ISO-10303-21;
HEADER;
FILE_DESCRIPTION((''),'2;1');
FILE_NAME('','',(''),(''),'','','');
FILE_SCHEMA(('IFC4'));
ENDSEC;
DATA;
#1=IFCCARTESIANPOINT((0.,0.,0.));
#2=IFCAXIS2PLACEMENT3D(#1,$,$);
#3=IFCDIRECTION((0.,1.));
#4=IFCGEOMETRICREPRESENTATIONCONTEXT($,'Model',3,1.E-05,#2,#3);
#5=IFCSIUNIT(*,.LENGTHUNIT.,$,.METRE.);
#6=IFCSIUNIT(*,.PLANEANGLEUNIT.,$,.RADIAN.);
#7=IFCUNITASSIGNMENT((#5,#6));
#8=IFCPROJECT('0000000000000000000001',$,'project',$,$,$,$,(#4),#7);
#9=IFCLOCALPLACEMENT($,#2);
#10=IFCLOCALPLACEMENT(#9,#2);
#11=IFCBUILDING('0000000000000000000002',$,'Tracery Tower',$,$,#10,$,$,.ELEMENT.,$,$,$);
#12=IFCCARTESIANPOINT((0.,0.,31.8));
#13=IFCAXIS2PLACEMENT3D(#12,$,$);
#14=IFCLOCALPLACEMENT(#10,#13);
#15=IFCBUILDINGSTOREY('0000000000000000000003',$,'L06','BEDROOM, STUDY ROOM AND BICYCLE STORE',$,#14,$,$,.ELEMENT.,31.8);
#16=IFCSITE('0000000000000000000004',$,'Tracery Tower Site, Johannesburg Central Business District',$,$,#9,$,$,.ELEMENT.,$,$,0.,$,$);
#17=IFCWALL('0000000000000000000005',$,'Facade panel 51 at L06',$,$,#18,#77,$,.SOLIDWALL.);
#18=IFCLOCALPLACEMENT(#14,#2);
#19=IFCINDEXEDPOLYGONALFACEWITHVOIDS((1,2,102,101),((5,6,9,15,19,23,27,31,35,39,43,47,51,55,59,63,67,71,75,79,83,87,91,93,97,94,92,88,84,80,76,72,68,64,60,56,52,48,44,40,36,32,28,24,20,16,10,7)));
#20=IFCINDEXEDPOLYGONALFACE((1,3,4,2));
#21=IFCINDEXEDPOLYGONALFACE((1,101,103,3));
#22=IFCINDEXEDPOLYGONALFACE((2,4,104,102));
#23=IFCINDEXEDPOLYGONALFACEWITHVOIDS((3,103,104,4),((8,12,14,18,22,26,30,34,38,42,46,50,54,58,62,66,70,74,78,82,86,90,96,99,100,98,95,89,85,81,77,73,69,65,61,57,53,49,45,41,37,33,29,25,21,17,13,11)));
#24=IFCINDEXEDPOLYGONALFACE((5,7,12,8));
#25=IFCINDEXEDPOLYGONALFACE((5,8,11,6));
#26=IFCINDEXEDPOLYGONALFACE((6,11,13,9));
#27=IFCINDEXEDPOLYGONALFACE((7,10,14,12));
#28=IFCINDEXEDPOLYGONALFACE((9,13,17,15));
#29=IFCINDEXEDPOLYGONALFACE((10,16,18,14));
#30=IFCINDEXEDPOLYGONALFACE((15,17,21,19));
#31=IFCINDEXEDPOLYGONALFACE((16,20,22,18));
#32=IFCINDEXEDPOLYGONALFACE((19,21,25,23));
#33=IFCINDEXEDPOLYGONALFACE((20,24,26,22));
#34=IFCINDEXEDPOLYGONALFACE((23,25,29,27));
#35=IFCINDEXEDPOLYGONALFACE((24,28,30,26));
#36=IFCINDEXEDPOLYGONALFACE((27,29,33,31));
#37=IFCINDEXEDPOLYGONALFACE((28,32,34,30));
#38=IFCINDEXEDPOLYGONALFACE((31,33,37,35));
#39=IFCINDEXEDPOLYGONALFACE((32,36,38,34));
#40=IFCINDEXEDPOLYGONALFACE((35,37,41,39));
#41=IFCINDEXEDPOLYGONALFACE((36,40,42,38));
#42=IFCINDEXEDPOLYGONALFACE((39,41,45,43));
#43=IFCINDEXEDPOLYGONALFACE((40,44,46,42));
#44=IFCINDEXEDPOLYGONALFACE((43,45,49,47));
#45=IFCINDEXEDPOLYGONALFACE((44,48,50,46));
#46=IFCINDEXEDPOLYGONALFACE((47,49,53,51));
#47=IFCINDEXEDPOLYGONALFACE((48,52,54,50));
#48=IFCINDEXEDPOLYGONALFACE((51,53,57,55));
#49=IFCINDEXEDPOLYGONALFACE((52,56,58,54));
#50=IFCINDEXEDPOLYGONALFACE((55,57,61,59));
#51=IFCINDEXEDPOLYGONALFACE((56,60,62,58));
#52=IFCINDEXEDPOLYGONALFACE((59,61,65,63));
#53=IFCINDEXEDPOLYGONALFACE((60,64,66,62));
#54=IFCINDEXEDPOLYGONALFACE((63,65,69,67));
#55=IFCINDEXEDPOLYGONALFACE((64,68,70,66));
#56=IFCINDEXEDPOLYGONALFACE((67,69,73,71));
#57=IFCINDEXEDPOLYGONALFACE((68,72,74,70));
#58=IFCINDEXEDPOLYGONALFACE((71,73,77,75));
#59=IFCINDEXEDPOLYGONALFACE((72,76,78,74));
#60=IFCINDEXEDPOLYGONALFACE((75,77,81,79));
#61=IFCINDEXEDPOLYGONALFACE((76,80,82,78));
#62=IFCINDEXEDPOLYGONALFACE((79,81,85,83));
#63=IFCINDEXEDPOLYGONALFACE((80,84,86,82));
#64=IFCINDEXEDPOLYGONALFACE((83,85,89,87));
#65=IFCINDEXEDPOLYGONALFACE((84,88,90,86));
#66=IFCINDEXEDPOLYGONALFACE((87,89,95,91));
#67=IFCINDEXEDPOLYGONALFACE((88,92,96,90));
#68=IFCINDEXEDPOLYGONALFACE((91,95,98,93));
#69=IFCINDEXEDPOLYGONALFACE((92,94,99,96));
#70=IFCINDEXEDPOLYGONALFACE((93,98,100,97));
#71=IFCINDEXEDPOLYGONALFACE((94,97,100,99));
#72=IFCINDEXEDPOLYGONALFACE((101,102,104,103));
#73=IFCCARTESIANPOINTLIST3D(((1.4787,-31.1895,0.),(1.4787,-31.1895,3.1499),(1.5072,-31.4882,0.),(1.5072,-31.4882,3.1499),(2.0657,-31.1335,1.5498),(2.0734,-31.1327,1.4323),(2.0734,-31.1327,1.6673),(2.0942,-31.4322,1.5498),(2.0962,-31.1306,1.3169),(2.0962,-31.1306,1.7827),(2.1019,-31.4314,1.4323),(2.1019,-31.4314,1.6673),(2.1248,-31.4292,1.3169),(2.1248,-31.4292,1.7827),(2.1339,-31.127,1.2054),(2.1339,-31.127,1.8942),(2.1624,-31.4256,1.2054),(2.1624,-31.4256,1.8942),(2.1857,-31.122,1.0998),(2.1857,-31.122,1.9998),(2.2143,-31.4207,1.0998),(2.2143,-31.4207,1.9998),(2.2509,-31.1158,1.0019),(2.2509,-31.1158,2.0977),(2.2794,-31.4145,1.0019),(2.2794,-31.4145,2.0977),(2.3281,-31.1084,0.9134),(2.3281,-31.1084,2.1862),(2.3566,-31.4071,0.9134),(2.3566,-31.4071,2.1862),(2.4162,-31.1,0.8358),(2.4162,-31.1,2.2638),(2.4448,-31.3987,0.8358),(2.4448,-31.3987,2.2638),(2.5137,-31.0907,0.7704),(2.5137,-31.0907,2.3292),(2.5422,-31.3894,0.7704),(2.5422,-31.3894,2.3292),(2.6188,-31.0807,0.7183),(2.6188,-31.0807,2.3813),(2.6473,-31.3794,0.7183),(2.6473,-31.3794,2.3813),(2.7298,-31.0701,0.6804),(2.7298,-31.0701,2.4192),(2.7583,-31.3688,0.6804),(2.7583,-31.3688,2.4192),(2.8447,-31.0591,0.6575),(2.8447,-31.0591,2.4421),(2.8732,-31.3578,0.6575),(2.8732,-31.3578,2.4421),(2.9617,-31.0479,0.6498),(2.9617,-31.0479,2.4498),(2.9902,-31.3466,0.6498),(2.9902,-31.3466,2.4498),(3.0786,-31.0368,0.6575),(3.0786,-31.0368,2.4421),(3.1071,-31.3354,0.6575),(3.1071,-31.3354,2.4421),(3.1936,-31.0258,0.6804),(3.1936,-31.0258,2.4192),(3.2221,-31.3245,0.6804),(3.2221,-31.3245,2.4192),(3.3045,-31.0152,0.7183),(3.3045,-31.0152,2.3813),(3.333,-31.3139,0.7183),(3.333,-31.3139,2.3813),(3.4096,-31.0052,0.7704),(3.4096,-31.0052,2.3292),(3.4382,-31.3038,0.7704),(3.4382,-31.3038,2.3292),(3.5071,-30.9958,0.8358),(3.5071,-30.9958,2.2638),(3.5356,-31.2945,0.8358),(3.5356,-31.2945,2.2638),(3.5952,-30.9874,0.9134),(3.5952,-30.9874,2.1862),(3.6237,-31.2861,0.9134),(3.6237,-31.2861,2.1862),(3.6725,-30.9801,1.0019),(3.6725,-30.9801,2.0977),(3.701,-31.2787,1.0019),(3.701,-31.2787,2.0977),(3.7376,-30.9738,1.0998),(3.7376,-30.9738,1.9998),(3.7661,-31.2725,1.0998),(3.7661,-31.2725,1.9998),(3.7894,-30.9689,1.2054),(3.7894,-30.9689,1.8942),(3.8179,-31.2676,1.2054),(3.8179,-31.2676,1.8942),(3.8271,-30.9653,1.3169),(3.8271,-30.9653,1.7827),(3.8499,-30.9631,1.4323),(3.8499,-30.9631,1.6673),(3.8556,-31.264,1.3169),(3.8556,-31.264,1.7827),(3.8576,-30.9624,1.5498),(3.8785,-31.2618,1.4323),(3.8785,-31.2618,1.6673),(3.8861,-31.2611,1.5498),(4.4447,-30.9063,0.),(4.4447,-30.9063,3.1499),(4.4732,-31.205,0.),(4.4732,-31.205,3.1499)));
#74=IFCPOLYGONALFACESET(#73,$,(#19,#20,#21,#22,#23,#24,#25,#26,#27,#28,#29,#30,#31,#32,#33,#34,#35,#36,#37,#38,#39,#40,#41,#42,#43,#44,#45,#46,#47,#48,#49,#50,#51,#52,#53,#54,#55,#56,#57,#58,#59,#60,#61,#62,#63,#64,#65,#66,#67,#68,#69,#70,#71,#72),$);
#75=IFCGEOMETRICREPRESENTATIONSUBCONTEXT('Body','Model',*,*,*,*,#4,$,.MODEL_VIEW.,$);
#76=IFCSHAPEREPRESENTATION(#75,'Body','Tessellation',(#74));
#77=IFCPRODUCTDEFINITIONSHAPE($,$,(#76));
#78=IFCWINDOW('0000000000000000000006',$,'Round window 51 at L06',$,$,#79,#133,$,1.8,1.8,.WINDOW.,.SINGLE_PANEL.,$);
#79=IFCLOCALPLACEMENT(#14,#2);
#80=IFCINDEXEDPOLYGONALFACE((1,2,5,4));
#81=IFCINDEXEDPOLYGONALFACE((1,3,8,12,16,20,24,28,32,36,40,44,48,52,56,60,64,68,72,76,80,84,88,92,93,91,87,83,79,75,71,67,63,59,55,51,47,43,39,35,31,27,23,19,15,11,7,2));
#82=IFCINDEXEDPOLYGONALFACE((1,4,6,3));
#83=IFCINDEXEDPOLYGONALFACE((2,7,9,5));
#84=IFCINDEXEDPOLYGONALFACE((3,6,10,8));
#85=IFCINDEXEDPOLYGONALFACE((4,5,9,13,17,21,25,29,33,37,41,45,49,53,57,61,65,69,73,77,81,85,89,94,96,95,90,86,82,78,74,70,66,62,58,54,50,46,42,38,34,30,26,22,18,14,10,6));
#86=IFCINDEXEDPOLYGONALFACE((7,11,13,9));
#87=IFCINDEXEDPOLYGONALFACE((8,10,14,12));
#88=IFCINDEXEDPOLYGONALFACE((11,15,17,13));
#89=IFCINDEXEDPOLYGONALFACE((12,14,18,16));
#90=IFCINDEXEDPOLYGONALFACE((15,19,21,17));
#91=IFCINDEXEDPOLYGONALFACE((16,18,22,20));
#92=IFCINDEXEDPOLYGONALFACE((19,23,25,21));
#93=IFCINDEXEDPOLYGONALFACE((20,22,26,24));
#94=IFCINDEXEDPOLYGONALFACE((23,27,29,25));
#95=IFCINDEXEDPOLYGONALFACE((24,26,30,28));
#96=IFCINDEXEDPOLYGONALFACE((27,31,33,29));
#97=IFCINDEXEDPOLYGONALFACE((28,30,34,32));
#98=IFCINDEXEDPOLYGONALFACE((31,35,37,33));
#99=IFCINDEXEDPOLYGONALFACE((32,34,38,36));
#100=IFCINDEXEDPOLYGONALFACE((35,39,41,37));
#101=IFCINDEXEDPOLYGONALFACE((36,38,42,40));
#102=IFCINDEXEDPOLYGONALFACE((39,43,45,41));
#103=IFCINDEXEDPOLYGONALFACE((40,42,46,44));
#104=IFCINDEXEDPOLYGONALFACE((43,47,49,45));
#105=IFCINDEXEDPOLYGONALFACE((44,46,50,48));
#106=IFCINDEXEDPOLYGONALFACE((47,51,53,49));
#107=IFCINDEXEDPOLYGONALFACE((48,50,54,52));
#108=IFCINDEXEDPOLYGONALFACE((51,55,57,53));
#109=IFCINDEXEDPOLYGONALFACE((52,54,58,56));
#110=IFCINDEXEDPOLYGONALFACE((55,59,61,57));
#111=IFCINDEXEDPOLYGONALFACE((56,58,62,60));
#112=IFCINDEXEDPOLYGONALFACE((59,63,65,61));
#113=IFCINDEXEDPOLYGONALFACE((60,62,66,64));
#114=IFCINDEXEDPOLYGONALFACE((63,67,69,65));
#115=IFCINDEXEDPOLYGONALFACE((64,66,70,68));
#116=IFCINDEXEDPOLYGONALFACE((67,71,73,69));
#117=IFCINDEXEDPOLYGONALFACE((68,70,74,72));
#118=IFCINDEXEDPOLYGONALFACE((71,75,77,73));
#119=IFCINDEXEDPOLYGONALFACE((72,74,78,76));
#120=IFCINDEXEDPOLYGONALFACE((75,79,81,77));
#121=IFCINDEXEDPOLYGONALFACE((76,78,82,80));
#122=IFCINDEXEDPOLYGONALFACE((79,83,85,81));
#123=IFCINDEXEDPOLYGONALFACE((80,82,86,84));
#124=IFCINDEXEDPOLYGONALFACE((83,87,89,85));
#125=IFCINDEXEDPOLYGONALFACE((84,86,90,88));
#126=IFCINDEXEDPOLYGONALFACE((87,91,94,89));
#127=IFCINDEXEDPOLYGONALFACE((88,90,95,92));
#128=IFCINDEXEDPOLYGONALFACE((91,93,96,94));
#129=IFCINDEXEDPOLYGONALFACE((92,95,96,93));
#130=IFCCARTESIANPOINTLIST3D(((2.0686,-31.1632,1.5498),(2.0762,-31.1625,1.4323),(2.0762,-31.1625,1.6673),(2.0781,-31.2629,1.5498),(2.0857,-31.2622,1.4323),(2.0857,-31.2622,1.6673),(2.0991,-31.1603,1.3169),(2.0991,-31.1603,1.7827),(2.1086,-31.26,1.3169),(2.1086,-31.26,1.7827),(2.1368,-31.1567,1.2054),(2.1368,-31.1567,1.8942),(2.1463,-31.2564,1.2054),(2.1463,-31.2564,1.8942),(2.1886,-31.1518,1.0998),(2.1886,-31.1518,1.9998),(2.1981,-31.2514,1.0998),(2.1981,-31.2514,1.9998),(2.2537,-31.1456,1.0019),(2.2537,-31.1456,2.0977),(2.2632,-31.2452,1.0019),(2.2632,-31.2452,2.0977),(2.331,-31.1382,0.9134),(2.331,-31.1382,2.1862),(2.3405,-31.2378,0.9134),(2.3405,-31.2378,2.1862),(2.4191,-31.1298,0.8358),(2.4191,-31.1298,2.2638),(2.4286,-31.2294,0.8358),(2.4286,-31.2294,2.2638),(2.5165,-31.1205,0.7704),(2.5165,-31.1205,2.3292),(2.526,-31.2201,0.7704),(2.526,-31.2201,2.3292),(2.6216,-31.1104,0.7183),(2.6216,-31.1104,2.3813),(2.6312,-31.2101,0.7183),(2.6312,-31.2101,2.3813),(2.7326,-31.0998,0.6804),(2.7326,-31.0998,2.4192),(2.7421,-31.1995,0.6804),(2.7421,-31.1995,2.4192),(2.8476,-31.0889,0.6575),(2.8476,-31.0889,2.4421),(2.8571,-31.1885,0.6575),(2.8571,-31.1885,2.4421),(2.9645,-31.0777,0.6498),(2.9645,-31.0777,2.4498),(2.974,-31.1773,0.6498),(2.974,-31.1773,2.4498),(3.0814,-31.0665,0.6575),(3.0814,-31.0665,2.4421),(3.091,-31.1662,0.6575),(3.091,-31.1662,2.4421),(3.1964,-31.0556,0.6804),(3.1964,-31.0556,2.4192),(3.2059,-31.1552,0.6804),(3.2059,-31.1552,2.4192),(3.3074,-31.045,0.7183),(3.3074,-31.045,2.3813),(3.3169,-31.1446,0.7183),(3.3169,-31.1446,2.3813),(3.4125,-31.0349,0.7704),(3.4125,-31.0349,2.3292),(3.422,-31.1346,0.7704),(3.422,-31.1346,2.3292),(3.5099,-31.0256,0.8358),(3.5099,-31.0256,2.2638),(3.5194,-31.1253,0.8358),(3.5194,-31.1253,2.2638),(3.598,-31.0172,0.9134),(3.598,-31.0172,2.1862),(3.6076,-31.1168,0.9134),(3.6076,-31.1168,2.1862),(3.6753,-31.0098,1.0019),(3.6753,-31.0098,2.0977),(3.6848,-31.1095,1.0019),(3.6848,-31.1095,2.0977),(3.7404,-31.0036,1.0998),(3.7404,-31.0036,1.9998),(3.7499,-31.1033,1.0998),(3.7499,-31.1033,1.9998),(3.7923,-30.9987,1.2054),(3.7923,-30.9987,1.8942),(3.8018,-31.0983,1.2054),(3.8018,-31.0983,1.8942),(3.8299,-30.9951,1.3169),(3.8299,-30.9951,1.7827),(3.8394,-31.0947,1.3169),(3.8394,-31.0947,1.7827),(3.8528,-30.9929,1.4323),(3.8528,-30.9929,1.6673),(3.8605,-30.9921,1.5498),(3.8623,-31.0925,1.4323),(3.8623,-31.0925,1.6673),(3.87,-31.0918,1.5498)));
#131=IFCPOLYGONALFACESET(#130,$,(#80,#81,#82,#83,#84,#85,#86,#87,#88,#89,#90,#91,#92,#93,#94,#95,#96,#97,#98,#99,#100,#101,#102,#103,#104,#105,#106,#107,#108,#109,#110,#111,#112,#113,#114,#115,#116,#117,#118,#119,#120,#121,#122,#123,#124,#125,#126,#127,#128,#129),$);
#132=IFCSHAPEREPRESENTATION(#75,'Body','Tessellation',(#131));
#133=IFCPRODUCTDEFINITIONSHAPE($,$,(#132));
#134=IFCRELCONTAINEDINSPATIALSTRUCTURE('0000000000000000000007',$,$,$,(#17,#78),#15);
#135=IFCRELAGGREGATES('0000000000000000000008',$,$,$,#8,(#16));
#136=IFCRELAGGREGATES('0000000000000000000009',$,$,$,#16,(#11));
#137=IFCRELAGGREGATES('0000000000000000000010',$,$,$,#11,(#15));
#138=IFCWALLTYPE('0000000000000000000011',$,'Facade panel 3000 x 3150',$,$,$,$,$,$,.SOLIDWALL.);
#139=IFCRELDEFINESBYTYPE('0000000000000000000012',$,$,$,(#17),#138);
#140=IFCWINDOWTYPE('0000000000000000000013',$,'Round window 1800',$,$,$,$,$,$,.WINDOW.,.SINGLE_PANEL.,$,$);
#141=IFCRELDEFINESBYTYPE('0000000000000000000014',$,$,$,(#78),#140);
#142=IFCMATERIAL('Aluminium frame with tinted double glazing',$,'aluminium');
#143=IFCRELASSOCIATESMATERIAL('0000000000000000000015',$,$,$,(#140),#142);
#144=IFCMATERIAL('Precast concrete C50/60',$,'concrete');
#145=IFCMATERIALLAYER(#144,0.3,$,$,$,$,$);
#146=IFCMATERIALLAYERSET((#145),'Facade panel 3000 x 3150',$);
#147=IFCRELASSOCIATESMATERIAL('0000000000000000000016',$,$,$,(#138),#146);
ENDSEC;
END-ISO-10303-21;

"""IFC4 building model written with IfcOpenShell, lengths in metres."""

from ifc_helpers import new_model, si_unit, direction, frame, frame_2d, origin, origin_2d, place, context, subcontext, project, spatial, rectangle, circle, extrude, material, layer, layer_set, type_object, element, fill, save


model = new_model("IFC4")

# Units and contexts
model_context = context("Model", 3, precision=1e-05, world=origin(), true_north=direction((0.0, 1.0)))
body_context = subcontext(model_context, "Body", "Model", "MODEL_VIEW")
ifc_project = project(units=[si_unit("LENGTHUNIT", "METRE"), si_unit("PLANEANGLEUNIT", "RADIAN")], contexts=[model_context])

# Site, building, storey
site_placement = place(None, origin())
site = spatial("IfcSite", under=ifc_project, at=site_placement, Name="Tracery Tower Site, Johannesburg Central Business District", CompositionType="ELEMENT", RefElevation=0.0)
building_placement = place(site_placement, origin())
building = spatial("IfcBuilding", under=site, at=building_placement, Name="Tracery Tower", CompositionType="ELEMENT")
storey_placement = place(building_placement, frame((0.0, 0.0, 31.8)))
storey = spatial("IfcBuildingStorey", under=building, at=storey_placement, Name="L06", Description="BEDROOM, STUDY ROOM AND BICYCLE STORE", CompositionType="ELEMENT", Elevation=31.8)

# Wall, opening, window
ifc_material_1 = material(Name="Aluminium frame with tinted double glazing", Category="aluminium")
window_type = type_object("IfcWindowType", Name="Round window 1800", PartitioningType="SINGLE_PANEL", PredefinedType="WINDOW", material=ifc_material_1)
ifc_material_2 = material(Name="Precast concrete C50/60", Category="concrete")
ifc_layer_1 = layer(ifc_material_2, 0.3)
ifc_layer_set_1 = layer_set([ifc_layer_1], Name="Facade panel 3000 x 3150")
wall_type_1 = type_object("IfcWallType", Name="Facade panel 3000 x 3150", PredefinedType="SOLIDWALL", material=ifc_layer_set_1)
wall_1_placement = place(storey_placement, frame((1.4929, -31.3389, 0.0), z_axis=(0.0, 0.0, 1.0), x_axis=(0.995473, 0.095049, 0.0)))
wall_1 = element("IfcWall", 1, at=wall_1_placement, inside=storey, type_object=wall_type_1, Name="Facade panel 51 at L06", PredefinedType="SOLIDWALL", context=body_context, shape_type="SweptSolid", body=[
    extrude(rectangle(XDim=2.9795, YDim=0.3, at=frame_2d((1.4897, 0.0))), origin(), (0.0, 0.0, 1.0), 3.1499),
])
opening_1_placement = place(wall_1_placement, frame((1.4897, 0.0, 1.5498)))
opening_1 = element("IfcOpeningElement", 2, at=opening_1_placement, cuts=wall_1, PredefinedType="OPENING", context=body_context, shape_type="SweptSolid", body=[
    extrude(circle(Radius=0.9, at=origin_2d()), frame((0.0, 0.1599, 0.0), z_axis=(0.0, -1.0, 0.0), x_axis=(1.0, 0.0, 0.0)), (0.0, 0.0, 1.0), 0.3201),
])
window_1_placement = place(opening_1_placement, origin())
window_1 = element("IfcWindow", 3, at=window_1_placement, inside=storey, type_object=window_type, Name="Round window 51 at L06", OverallHeight=1.8, OverallWidth=1.8, PartitioningType="SINGLE_PANEL", PredefinedType="WINDOW", context=body_context, shape_type="SweptSolid", body=[
    extrude(circle(Radius=0.9, at=origin_2d()), frame((0.0, 0.1201, 0.0), z_axis=(0.0, -1.0, 0.0), x_axis=(1.0, 0.0, 0.0)), (0.0, 0.0, 1.0), 0.1001),
])
fill(opening_1, window_1)

save(model, "model.ifc")
